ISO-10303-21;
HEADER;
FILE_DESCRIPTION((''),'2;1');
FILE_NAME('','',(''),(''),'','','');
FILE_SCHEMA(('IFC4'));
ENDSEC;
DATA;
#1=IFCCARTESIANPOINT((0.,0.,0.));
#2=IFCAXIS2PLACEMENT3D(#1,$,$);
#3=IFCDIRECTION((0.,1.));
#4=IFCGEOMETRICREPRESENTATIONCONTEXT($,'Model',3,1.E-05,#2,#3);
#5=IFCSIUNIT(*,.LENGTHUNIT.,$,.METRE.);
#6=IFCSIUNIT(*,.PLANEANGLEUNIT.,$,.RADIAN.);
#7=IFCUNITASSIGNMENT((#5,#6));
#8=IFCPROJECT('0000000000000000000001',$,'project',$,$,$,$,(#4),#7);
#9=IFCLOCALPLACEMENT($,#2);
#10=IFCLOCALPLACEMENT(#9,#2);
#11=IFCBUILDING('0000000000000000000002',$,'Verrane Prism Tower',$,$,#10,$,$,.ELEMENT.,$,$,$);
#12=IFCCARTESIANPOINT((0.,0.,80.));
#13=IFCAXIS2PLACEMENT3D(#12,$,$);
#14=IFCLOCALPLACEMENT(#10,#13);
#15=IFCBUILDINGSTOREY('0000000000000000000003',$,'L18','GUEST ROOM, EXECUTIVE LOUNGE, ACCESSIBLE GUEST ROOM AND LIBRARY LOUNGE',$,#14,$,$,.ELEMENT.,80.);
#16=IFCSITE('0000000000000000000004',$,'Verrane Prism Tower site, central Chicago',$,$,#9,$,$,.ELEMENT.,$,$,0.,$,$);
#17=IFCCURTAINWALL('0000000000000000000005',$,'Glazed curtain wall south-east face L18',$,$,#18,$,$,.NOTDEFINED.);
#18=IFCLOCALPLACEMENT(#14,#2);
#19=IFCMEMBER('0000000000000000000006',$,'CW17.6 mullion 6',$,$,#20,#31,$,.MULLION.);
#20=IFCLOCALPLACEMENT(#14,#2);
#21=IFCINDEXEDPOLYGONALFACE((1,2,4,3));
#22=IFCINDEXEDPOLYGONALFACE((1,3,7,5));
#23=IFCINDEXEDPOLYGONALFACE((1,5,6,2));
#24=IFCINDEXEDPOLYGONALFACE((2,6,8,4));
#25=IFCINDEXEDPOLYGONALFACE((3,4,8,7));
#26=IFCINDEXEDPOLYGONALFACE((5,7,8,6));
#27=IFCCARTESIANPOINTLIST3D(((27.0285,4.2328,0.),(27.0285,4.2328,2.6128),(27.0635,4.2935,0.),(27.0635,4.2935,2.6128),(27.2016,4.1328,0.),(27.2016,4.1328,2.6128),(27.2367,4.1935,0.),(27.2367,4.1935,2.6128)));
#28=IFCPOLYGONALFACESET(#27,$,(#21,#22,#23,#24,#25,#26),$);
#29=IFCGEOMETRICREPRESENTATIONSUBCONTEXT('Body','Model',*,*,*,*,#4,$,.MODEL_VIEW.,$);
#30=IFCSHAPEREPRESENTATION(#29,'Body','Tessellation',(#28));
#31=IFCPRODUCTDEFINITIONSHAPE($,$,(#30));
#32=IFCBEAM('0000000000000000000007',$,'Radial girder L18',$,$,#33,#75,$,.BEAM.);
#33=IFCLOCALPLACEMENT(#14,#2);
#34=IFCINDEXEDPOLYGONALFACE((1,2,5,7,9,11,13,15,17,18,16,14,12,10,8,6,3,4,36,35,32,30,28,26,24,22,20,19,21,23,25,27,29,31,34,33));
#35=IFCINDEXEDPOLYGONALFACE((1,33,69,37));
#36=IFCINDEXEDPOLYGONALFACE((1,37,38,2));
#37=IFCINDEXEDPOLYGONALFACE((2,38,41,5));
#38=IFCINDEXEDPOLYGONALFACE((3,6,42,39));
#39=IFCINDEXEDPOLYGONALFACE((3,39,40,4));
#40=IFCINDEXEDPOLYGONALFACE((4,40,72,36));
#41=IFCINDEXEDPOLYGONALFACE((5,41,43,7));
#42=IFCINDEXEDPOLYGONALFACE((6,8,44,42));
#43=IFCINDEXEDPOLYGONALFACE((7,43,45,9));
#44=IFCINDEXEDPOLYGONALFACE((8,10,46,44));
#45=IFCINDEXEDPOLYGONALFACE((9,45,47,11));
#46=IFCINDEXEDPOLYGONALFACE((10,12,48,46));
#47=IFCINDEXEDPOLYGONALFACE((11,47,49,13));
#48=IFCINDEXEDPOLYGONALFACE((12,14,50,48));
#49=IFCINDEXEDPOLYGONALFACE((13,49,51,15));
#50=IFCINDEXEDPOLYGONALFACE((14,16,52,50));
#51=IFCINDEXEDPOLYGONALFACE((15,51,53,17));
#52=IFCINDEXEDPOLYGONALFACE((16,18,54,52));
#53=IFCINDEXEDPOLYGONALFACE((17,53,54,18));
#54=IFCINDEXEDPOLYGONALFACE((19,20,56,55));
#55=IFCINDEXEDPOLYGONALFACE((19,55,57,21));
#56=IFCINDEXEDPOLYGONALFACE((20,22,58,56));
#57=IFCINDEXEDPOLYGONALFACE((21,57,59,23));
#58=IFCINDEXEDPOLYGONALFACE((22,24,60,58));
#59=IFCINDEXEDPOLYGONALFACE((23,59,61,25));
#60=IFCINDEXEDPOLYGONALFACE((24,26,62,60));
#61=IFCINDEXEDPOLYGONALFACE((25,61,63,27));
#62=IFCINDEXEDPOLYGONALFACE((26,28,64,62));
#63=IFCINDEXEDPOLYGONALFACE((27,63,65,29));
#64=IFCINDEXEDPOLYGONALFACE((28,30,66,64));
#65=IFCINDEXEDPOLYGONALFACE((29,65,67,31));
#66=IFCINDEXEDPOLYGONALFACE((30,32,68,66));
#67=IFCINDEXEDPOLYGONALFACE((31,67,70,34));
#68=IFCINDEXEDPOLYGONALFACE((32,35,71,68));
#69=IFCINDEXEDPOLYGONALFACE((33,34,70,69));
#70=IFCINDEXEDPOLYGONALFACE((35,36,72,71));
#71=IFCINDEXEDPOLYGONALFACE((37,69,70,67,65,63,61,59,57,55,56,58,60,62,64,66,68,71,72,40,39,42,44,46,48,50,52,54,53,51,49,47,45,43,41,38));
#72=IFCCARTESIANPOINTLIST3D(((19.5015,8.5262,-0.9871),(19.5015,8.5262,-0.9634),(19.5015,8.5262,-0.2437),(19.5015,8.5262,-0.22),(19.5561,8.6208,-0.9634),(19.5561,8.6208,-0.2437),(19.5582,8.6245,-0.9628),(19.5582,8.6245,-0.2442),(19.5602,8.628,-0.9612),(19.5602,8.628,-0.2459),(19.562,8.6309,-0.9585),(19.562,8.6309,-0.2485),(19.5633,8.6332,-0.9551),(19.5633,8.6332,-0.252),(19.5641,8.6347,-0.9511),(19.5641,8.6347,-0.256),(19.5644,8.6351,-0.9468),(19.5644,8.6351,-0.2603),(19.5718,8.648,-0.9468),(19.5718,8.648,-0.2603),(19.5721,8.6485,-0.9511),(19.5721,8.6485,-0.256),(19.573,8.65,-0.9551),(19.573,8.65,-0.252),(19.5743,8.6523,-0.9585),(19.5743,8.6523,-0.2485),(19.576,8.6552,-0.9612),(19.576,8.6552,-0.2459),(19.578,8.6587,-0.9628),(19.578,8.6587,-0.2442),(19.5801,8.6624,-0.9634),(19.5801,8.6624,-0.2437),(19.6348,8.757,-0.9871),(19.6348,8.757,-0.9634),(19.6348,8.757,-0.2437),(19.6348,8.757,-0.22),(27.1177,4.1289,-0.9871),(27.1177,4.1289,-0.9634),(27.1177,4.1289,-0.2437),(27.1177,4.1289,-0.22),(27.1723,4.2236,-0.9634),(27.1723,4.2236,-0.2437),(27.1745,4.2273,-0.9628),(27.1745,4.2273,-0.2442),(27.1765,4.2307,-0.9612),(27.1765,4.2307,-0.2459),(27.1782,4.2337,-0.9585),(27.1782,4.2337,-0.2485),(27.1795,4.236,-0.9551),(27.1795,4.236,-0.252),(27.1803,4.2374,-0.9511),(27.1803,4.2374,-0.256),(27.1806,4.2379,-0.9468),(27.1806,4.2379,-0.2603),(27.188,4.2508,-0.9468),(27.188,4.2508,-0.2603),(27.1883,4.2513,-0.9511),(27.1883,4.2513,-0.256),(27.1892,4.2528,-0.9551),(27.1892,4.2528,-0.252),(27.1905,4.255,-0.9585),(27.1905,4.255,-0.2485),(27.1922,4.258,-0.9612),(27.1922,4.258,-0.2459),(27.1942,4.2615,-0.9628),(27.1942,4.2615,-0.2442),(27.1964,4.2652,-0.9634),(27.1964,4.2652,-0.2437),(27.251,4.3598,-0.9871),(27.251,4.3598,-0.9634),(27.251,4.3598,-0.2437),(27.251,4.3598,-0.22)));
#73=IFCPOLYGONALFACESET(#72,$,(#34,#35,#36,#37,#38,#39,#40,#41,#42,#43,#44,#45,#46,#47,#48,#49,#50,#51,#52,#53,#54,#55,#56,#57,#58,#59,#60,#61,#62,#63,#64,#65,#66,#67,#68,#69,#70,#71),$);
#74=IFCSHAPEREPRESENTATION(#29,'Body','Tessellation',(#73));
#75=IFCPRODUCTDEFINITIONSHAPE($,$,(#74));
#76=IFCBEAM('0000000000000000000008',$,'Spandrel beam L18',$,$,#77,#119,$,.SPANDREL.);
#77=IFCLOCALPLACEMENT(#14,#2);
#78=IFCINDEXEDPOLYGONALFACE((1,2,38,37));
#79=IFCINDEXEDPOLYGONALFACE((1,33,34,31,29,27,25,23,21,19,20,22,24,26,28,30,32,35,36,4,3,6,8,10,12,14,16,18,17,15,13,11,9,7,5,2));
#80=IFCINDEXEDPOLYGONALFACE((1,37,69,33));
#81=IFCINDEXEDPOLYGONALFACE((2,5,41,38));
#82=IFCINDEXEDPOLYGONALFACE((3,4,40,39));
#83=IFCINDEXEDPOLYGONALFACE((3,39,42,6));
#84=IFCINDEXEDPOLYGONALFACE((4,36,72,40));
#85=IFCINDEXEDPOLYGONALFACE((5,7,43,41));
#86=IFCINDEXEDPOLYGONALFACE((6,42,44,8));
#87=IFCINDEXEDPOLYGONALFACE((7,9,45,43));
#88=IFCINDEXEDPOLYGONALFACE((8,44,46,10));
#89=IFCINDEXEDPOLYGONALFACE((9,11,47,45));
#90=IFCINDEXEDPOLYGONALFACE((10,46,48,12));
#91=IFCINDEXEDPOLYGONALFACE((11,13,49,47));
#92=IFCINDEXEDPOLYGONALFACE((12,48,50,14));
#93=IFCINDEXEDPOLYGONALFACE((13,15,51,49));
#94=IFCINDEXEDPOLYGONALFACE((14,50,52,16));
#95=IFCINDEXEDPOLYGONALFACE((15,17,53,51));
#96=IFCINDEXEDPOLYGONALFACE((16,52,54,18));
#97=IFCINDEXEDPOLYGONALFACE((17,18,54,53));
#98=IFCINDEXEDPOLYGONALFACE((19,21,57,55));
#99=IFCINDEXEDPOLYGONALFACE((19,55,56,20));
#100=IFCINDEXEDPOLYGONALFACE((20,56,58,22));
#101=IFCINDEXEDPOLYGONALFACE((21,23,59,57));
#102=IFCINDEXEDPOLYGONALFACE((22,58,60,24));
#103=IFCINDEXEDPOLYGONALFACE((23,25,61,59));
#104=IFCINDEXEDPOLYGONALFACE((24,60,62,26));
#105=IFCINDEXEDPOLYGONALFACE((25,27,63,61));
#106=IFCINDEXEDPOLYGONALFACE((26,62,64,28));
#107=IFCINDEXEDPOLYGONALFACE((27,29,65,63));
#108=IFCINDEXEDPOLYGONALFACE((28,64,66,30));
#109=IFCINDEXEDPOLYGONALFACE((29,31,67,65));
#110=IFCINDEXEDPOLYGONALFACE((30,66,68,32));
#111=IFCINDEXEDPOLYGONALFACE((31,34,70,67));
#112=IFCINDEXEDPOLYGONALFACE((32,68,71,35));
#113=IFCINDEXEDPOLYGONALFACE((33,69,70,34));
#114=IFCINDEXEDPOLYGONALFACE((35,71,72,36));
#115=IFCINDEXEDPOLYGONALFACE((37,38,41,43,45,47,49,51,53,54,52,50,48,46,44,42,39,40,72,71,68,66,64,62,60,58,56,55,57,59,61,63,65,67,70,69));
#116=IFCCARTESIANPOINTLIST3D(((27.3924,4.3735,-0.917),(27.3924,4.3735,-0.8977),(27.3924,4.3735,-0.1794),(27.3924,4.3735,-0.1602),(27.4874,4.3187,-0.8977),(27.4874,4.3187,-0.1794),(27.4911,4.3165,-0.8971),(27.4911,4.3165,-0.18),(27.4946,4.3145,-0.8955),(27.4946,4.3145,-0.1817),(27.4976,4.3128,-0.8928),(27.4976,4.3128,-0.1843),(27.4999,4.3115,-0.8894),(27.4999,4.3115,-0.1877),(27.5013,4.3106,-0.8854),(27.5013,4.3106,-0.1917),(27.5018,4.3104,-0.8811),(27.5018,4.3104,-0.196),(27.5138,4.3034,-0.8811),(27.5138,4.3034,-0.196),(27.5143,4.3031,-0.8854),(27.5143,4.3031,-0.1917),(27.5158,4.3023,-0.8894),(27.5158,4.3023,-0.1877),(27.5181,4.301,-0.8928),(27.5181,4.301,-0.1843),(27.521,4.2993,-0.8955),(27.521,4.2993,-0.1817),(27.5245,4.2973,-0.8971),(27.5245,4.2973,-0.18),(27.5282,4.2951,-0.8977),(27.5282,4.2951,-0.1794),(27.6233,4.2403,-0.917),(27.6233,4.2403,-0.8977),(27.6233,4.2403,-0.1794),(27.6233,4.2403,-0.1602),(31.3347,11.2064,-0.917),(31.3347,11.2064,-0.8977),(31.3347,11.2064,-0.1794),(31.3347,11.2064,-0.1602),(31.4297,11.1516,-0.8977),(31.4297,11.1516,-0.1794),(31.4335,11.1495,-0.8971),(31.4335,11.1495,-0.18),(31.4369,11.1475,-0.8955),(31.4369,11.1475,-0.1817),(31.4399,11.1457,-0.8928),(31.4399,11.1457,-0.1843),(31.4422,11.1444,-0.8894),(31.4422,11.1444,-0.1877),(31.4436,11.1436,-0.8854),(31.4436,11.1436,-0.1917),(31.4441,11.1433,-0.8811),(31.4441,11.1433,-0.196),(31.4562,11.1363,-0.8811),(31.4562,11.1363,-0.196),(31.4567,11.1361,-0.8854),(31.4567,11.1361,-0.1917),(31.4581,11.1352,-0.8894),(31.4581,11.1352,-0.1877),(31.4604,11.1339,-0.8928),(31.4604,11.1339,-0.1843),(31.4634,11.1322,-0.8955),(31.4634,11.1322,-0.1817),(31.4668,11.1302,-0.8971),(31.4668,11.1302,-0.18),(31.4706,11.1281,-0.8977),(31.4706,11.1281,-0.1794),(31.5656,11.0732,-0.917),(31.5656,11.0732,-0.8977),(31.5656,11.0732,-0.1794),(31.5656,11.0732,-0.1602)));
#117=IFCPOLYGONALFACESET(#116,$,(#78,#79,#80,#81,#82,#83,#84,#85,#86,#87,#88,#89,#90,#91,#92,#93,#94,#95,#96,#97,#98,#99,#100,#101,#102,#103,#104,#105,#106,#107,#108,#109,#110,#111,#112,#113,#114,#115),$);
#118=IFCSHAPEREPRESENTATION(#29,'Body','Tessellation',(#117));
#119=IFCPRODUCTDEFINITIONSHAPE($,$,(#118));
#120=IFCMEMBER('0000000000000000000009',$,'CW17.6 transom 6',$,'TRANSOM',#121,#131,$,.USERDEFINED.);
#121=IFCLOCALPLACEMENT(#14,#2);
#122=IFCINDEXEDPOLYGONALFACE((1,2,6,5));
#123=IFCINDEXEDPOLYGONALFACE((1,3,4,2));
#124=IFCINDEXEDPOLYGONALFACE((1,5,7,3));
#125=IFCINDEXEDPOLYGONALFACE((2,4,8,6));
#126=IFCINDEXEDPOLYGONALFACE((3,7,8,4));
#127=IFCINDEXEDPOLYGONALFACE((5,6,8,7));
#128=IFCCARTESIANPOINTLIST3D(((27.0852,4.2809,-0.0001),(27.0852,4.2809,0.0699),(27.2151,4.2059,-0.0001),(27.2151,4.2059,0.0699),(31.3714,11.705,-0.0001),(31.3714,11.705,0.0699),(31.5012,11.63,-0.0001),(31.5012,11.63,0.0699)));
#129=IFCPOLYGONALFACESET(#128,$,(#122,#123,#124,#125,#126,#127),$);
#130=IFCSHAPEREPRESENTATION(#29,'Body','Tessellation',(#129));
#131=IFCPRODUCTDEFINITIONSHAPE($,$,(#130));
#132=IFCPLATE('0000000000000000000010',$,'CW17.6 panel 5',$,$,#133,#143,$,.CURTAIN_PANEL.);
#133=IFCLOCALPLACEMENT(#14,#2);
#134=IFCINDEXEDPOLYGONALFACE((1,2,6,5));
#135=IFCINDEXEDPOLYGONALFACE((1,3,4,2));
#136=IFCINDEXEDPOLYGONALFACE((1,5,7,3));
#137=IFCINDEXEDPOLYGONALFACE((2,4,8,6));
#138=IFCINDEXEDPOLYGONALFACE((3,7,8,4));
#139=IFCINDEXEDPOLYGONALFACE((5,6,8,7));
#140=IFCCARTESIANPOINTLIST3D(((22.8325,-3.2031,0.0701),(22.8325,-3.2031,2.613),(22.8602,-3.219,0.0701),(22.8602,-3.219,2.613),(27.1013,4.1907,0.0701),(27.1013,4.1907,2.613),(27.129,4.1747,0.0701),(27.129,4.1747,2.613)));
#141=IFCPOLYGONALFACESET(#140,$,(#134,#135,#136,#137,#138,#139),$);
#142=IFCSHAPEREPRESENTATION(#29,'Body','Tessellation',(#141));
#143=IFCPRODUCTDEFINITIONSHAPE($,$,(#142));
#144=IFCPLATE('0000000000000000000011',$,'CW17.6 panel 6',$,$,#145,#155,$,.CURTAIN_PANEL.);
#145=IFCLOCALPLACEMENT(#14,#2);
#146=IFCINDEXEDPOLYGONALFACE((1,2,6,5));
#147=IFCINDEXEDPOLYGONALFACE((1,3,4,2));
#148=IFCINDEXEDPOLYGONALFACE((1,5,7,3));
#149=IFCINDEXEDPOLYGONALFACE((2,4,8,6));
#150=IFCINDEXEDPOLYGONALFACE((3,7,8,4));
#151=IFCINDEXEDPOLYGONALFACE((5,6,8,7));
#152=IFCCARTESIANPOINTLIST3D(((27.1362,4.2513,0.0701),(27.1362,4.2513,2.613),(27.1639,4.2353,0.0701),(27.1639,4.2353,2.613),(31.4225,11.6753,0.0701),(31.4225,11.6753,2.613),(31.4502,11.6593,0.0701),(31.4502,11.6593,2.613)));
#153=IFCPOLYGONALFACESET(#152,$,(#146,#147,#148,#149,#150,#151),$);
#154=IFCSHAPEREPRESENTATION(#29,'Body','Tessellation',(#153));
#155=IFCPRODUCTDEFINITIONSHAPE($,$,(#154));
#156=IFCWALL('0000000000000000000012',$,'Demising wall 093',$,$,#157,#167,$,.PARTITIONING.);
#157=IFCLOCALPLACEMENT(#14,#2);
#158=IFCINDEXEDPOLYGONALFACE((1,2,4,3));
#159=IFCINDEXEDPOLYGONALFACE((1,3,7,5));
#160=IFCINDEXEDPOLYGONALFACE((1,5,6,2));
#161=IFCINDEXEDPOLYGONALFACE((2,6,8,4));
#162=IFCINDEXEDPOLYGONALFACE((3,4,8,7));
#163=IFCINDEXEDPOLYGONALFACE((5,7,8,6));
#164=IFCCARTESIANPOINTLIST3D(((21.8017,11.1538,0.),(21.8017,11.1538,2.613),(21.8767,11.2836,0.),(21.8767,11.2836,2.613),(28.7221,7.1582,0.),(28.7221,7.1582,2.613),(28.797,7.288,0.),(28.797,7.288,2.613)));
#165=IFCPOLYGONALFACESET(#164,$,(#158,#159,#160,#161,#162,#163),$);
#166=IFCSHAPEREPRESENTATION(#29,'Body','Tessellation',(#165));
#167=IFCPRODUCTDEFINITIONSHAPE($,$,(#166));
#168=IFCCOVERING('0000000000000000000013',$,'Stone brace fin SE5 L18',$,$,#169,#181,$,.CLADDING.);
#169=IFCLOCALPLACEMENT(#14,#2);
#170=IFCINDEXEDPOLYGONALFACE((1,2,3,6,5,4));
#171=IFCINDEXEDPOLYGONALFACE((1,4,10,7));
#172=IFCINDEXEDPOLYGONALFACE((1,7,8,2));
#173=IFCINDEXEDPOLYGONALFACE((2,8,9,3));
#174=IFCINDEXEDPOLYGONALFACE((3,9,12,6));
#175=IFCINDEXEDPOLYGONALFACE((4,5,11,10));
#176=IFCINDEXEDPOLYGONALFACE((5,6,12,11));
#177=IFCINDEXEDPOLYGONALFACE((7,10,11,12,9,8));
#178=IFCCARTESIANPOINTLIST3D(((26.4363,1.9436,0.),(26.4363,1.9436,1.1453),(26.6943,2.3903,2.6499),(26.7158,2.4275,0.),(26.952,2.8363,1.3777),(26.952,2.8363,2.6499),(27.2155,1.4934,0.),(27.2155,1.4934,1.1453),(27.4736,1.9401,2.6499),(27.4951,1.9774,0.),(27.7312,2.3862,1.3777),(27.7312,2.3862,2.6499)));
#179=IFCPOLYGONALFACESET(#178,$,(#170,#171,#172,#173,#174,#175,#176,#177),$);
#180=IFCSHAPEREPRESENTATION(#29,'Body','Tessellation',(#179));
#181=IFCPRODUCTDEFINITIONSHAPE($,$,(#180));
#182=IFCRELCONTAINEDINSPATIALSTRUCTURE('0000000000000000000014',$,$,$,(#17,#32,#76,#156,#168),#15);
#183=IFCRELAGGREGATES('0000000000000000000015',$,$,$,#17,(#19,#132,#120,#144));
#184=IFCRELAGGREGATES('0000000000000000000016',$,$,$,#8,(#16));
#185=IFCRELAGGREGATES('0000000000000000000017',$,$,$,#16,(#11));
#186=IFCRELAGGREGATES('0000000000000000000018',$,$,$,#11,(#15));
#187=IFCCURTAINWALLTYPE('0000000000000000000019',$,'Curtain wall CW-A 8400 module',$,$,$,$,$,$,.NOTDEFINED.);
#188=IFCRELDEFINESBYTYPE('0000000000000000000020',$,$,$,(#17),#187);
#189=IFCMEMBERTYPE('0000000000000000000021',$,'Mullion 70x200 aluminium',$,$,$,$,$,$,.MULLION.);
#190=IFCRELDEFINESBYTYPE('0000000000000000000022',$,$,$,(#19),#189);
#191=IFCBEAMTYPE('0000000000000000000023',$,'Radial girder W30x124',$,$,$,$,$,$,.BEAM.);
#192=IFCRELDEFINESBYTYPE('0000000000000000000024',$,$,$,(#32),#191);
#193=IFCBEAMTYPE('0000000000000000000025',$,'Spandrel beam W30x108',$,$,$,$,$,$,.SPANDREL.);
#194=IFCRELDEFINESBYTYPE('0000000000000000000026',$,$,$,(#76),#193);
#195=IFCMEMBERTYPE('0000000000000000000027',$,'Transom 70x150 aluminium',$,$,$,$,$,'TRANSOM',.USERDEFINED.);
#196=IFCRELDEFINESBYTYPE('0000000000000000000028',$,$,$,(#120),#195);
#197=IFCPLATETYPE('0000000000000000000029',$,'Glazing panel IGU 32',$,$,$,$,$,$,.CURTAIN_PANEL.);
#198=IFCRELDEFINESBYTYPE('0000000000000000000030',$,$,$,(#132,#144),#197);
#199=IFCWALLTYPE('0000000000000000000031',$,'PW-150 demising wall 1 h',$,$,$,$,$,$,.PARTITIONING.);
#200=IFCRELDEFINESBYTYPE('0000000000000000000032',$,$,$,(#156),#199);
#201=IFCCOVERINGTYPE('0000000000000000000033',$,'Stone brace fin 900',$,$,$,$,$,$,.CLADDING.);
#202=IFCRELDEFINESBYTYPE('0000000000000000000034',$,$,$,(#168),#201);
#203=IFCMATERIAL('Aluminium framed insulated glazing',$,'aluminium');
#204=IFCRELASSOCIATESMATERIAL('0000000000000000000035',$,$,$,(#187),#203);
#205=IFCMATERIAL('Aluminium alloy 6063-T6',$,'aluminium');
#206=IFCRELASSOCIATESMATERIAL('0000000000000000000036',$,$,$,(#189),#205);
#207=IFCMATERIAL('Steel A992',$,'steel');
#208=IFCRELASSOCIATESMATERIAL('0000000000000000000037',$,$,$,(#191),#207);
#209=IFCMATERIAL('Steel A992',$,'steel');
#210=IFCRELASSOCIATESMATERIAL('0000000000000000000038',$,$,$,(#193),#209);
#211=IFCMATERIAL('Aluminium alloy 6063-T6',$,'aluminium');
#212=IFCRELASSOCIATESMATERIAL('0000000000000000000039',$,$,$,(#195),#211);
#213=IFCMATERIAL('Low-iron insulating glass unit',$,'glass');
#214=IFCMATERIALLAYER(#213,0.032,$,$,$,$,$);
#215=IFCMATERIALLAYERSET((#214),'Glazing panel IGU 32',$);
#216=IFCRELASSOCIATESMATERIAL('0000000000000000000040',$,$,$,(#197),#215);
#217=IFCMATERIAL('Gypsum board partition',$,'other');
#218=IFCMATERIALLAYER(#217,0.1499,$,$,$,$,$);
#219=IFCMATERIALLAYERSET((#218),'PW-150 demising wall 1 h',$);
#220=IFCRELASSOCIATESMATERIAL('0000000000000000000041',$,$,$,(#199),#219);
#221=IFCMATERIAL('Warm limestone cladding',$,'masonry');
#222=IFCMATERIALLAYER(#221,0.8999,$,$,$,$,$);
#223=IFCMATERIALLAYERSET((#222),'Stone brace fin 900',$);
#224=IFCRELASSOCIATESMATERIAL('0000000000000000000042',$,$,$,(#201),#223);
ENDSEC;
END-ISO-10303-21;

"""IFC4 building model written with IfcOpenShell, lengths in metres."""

from ifc_helpers import new_model, si_unit, direction, frame, frame_2d, origin, origin_2d, place, context, subcontext, project, spatial, polyline, rectangle, i_section, outline, extrude, material, layer, layer_set, material_profile, profile_set, type_object, element, aggregate, save


model = new_model("IFC4")

# Units and contexts
model_context = context("Model", 3, precision=1e-05, world=origin(), true_north=direction((0.0, 1.0)))
body_context = subcontext(model_context, "Body", "Model", "MODEL_VIEW")
ifc_project = project(units=[si_unit("LENGTHUNIT", "METRE"), si_unit("PLANEANGLEUNIT", "RADIAN")], contexts=[model_context])

# Site, building, storey
site_placement = place(None, origin())
site = spatial("IfcSite", under=ifc_project, at=site_placement, Name="Verrane Prism Tower site, central Chicago", CompositionType="ELEMENT", RefElevation=0.0)
building_placement = place(site_placement, origin())
building = spatial("IfcBuilding", under=site, at=building_placement, Name="Verrane Prism Tower", CompositionType="ELEMENT")
storey_placement = place(building_placement, frame((0.0, 0.0, 80.0)))
storey = spatial("IfcBuildingStorey", under=building, at=storey_placement, Name="L18", Description="GUEST ROOM, EXECUTIVE LOUNGE, ACCESSIBLE GUEST ROOM AND LIBRARY LOUNGE", CompositionType="ELEMENT", Elevation=80.0)

# Curtain wall, member
ifc_material_1 = material(Name="Aluminium framed insulated glazing", Category="aluminium")
curtain_wall_type = type_object("IfcCurtainWallType", Name="Curtain wall CW-A 8400 module", PredefinedType="NOTDEFINED", material=ifc_material_1)
curtain_wall_placement = place(storey_placement, origin())
curtain_wall = element("IfcCurtainWall", 1, at=curtain_wall_placement, inside=storey, type_object=curtain_wall_type, Name="Glazed curtain wall south-east face L18", PredefinedType="NOTDEFINED")
ifc_material_2 = material(Name="Aluminium alloy 6063-T6", Category="aluminium")
ifc_material_profile_1 = material_profile(ifc_material_2, rectangle(XDim=0.2, YDim=0.0701, at=origin_2d()), Name="Mullion 70x200 aluminium")
ifc_profile_set_1 = profile_set([ifc_material_profile_1], Name="Aluminium alloy 6063-T6")
member_type_1 = type_object("IfcMemberType", Name="Mullion 70x200 aluminium", PredefinedType="MULLION", material=ifc_profile_set_1)
member_1_placement = place(storey_placement, frame((27.1326, 4.2131, 0.0), z_axis=(0.0, 0.0, 1.0), x_axis=(-0.866026, 0.499999, 0.0)))
member_1 = element("IfcMember", 2, at=member_1_placement, type_object=member_type_1, Name="CW17.6 mullion 6", PredefinedType="MULLION", context=body_context, shape_type="SweptSolid", body=[
    extrude(rectangle(XDim=0.2, YDim=0.0701, at=origin_2d()), origin(), (0.0, 0.0, 1.0), 2.6128),
])

# Beams
ifc_material_3 = material(Name="Steel A992", Category="steel")
ifc_material_profile_2 = material_profile(ifc_material_3, i_section(OverallWidth=0.2666, OverallDepth=0.7671, WebThickness=0.0149, FlangeThickness=0.0237, FilletRadius=0.0166, at=origin_2d()), Name="W30x124")
ifc_profile_set_2 = profile_set([ifc_material_profile_2], Name="Steel A992")
beam_type_1 = type_object("IfcBeamType", Name="Radial girder W30x124", PredefinedType="BEAM", material=ifc_profile_set_2)
beam_1_placement = place(storey_placement, frame((27.1843, 4.2444, -0.6035), z_axis=(-0.866026, 0.5, 0.0), x_axis=(-0.5, -0.866026, 0.0)))
element("IfcBeam", 3, at=beam_1_placement, inside=storey, type_object=beam_type_1, Name="Radial girder L18", PredefinedType="BEAM", context=body_context, shape_type="SweptSolid", body=[
    extrude(i_section(OverallWidth=0.2666, OverallDepth=0.7671, WebThickness=0.0149, FlangeThickness=0.0237, FilletRadius=0.0166, at=origin_2d()), origin(), (0.0, 0.0, 1.0), 8.7944),
])
ifc_material_4 = material(Name="Steel A992", Category="steel")
ifc_material_profile_3 = material_profile(ifc_material_4, i_section(OverallWidth=0.2666, OverallDepth=0.7568, WebThickness=0.0139, FlangeThickness=0.0193, FilletRadius=0.0166, at=origin_2d()), Name="W30x108")
ifc_profile_set_3 = profile_set([ifc_material_profile_3], Name="Steel A992")
beam_type_2 = type_object("IfcBeamType", Name="Spandrel beam W30x108", PredefinedType="SPANDREL", material=ifc_profile_set_3)
beam_2_placement = place(storey_placement, frame((27.5078, 4.3069, -0.5386), z_axis=(0.499747, 0.866171, 0.0), x_axis=(-0.866171, 0.499747, 0.0)))
element("IfcBeam", 4, at=beam_2_placement, inside=storey, type_object=beam_type_2, Name="Spandrel beam L18", PredefinedType="SPANDREL", context=body_context, shape_type="SweptSolid", body=[
    extrude(i_section(OverallWidth=0.2666, OverallDepth=0.7568, WebThickness=0.0139, FlangeThickness=0.0193, FilletRadius=0.0166, at=origin_2d()), origin(), (0.0, 0.0, 1.0), 7.8887),
])

# Member
ifc_material_5 = material(Name="Aluminium alloy 6063-T6", Category="aluminium")
ifc_material_profile_4 = material_profile(ifc_material_5, rectangle(XDim=0.1499, YDim=0.0701, at=origin_2d()), Name="Transom 70x150 aluminium")
ifc_profile_set_4 = profile_set([ifc_material_profile_4], Name="Aluminium alloy 6063-T6")
member_type_2 = type_object("IfcMemberType", Name="Transom 70x150 aluminium", ElementType="TRANSOM", PredefinedType="USERDEFINED", material=ifc_profile_set_4)
member_2_placement = place(storey_placement, frame((27.1501, 4.2434, 0.0349), z_axis=(0.499986, 0.866033, 0.0), x_axis=(-0.866033, 0.499986, 0.0)))
member_2 = element("IfcMember", 5, at=member_2_placement, type_object=member_type_2, Name="CW17.6 transom 6", ObjectType="TRANSOM", PredefinedType="USERDEFINED", context=body_context, shape_type="SweptSolid", body=[
    extrude(rectangle(XDim=0.1499, YDim=0.0701, at=origin_2d()), origin(), (0.0, 0.0, 1.0), 8.5725),
])

# Plates
ifc_material_6 = material(Name="Low-iron insulating glass unit", Category="glass")
ifc_layer_1 = layer(ifc_material_6, 0.032)
ifc_layer_set_1 = layer_set([ifc_layer_1], Name="Glazing panel IGU 32")
plate_type = type_object("IfcPlateType", Name="Glazing panel IGU 32", PredefinedType="CURTAIN_PANEL", material=ifc_layer_set_1)
plate_1_placement = place(storey_placement, frame((24.9807, 0.4858, 0.0701), z_axis=(0.0, 0.0, 1.0), x_axis=(0.499999, 0.866026, 0.0)))
plate_1 = element("IfcPlate", 6, at=plate_1_placement, type_object=plate_type, Name="CW17.6 panel 5", PredefinedType="CURTAIN_PANEL", context=body_context, shape_type="SweptSolid", body=[
    extrude(rectangle(XDim=8.5376, YDim=0.032, at=origin_2d()), origin(), (0.0, 0.0, 1.0), 2.543),
])
plate_2_placement = place(storey_placement, frame((29.2932, 7.9553, 0.0701), z_axis=(0.0, 0.0, 1.0), x_axis=(0.499999, 0.866026, 0.0)))
plate_2 = element("IfcPlate", 7, at=plate_2_placement, type_object=plate_type, Name="CW17.6 panel 6", PredefinedType="CURTAIN_PANEL", context=body_context, shape_type="SweptSolid", body=[
    extrude(rectangle(XDim=8.5725, YDim=0.032, at=origin_2d()), origin(), (0.0, 0.0, 1.0), 2.543),
])
aggregate(curtain_wall, [member_1, plate_1, member_2, plate_2])

# Wall
ifc_material_7 = material(Name="Gypsum board partition", Category="other")
ifc_layer_2 = layer(ifc_material_7, 0.1499)
ifc_layer_set_2 = layer_set([ifc_layer_2], Name="PW-150 demising wall 1 h")
wall_type = type_object("IfcWallType", Name="PW-150 demising wall 1 h", PredefinedType="PARTITIONING", material=ifc_layer_set_2)
wall_placement = place(storey_placement, frame((21.8391, 11.2188, 0.0), z_axis=(0.0, 0.0, 1.0), x_axis=(0.86602, -0.50001, 0.0)))
element("IfcWall", 8, at=wall_placement, inside=storey, type_object=wall_type, Name="Demising wall 093", PredefinedType="PARTITIONING", context=body_context, shape_type="SweptSolid", body=[
    extrude(rectangle(XDim=7.991, YDim=0.1499, at=frame_2d((3.9956, 0.0))), origin(), (0.0, 0.0, 1.0), 2.613),
])

# Covering
ifc_material_8 = material(Name="Warm limestone cladding", Category="masonry")
ifc_layer_3 = layer(ifc_material_8, 0.8999)
ifc_layer_set_3 = layer_set([ifc_layer_3], Name="Stone brace fin 900")
covering_type = type_object("IfcCoveringType", Name="Stone brace fin 900", PredefinedType="CLADDING", material=ifc_layer_set_3)
covering_placement = place(storey_placement, frame((26.8259, 1.7185, 0.0), z_axis=(0.0, 0.0, 1.0), x_axis=(0.500187, 0.865917, 0.0)))
element("IfcCovering", 9, at=covering_placement, inside=storey, type_object=covering_type, Name="Stone brace fin SE5 L18", PredefinedType="CLADDING", context=body_context, shape_type="SweptSolid", body=[
    extrude(outline(polyline([(1.031, 2.6499), (0.5159, 2.6499), (0.0, 1.1453), (0.0, 0.0), (0.5588, 0.0), (1.031, 1.3777), (1.031, 2.6499)])), frame((0.0, 0.45, 0.0), z_axis=(0.0, -1.0, 0.0), x_axis=(1.0, 0.0, 0.0)), (0.0, 0.0, 1.0), 0.8999),
])

save(model, "model.ifc")
